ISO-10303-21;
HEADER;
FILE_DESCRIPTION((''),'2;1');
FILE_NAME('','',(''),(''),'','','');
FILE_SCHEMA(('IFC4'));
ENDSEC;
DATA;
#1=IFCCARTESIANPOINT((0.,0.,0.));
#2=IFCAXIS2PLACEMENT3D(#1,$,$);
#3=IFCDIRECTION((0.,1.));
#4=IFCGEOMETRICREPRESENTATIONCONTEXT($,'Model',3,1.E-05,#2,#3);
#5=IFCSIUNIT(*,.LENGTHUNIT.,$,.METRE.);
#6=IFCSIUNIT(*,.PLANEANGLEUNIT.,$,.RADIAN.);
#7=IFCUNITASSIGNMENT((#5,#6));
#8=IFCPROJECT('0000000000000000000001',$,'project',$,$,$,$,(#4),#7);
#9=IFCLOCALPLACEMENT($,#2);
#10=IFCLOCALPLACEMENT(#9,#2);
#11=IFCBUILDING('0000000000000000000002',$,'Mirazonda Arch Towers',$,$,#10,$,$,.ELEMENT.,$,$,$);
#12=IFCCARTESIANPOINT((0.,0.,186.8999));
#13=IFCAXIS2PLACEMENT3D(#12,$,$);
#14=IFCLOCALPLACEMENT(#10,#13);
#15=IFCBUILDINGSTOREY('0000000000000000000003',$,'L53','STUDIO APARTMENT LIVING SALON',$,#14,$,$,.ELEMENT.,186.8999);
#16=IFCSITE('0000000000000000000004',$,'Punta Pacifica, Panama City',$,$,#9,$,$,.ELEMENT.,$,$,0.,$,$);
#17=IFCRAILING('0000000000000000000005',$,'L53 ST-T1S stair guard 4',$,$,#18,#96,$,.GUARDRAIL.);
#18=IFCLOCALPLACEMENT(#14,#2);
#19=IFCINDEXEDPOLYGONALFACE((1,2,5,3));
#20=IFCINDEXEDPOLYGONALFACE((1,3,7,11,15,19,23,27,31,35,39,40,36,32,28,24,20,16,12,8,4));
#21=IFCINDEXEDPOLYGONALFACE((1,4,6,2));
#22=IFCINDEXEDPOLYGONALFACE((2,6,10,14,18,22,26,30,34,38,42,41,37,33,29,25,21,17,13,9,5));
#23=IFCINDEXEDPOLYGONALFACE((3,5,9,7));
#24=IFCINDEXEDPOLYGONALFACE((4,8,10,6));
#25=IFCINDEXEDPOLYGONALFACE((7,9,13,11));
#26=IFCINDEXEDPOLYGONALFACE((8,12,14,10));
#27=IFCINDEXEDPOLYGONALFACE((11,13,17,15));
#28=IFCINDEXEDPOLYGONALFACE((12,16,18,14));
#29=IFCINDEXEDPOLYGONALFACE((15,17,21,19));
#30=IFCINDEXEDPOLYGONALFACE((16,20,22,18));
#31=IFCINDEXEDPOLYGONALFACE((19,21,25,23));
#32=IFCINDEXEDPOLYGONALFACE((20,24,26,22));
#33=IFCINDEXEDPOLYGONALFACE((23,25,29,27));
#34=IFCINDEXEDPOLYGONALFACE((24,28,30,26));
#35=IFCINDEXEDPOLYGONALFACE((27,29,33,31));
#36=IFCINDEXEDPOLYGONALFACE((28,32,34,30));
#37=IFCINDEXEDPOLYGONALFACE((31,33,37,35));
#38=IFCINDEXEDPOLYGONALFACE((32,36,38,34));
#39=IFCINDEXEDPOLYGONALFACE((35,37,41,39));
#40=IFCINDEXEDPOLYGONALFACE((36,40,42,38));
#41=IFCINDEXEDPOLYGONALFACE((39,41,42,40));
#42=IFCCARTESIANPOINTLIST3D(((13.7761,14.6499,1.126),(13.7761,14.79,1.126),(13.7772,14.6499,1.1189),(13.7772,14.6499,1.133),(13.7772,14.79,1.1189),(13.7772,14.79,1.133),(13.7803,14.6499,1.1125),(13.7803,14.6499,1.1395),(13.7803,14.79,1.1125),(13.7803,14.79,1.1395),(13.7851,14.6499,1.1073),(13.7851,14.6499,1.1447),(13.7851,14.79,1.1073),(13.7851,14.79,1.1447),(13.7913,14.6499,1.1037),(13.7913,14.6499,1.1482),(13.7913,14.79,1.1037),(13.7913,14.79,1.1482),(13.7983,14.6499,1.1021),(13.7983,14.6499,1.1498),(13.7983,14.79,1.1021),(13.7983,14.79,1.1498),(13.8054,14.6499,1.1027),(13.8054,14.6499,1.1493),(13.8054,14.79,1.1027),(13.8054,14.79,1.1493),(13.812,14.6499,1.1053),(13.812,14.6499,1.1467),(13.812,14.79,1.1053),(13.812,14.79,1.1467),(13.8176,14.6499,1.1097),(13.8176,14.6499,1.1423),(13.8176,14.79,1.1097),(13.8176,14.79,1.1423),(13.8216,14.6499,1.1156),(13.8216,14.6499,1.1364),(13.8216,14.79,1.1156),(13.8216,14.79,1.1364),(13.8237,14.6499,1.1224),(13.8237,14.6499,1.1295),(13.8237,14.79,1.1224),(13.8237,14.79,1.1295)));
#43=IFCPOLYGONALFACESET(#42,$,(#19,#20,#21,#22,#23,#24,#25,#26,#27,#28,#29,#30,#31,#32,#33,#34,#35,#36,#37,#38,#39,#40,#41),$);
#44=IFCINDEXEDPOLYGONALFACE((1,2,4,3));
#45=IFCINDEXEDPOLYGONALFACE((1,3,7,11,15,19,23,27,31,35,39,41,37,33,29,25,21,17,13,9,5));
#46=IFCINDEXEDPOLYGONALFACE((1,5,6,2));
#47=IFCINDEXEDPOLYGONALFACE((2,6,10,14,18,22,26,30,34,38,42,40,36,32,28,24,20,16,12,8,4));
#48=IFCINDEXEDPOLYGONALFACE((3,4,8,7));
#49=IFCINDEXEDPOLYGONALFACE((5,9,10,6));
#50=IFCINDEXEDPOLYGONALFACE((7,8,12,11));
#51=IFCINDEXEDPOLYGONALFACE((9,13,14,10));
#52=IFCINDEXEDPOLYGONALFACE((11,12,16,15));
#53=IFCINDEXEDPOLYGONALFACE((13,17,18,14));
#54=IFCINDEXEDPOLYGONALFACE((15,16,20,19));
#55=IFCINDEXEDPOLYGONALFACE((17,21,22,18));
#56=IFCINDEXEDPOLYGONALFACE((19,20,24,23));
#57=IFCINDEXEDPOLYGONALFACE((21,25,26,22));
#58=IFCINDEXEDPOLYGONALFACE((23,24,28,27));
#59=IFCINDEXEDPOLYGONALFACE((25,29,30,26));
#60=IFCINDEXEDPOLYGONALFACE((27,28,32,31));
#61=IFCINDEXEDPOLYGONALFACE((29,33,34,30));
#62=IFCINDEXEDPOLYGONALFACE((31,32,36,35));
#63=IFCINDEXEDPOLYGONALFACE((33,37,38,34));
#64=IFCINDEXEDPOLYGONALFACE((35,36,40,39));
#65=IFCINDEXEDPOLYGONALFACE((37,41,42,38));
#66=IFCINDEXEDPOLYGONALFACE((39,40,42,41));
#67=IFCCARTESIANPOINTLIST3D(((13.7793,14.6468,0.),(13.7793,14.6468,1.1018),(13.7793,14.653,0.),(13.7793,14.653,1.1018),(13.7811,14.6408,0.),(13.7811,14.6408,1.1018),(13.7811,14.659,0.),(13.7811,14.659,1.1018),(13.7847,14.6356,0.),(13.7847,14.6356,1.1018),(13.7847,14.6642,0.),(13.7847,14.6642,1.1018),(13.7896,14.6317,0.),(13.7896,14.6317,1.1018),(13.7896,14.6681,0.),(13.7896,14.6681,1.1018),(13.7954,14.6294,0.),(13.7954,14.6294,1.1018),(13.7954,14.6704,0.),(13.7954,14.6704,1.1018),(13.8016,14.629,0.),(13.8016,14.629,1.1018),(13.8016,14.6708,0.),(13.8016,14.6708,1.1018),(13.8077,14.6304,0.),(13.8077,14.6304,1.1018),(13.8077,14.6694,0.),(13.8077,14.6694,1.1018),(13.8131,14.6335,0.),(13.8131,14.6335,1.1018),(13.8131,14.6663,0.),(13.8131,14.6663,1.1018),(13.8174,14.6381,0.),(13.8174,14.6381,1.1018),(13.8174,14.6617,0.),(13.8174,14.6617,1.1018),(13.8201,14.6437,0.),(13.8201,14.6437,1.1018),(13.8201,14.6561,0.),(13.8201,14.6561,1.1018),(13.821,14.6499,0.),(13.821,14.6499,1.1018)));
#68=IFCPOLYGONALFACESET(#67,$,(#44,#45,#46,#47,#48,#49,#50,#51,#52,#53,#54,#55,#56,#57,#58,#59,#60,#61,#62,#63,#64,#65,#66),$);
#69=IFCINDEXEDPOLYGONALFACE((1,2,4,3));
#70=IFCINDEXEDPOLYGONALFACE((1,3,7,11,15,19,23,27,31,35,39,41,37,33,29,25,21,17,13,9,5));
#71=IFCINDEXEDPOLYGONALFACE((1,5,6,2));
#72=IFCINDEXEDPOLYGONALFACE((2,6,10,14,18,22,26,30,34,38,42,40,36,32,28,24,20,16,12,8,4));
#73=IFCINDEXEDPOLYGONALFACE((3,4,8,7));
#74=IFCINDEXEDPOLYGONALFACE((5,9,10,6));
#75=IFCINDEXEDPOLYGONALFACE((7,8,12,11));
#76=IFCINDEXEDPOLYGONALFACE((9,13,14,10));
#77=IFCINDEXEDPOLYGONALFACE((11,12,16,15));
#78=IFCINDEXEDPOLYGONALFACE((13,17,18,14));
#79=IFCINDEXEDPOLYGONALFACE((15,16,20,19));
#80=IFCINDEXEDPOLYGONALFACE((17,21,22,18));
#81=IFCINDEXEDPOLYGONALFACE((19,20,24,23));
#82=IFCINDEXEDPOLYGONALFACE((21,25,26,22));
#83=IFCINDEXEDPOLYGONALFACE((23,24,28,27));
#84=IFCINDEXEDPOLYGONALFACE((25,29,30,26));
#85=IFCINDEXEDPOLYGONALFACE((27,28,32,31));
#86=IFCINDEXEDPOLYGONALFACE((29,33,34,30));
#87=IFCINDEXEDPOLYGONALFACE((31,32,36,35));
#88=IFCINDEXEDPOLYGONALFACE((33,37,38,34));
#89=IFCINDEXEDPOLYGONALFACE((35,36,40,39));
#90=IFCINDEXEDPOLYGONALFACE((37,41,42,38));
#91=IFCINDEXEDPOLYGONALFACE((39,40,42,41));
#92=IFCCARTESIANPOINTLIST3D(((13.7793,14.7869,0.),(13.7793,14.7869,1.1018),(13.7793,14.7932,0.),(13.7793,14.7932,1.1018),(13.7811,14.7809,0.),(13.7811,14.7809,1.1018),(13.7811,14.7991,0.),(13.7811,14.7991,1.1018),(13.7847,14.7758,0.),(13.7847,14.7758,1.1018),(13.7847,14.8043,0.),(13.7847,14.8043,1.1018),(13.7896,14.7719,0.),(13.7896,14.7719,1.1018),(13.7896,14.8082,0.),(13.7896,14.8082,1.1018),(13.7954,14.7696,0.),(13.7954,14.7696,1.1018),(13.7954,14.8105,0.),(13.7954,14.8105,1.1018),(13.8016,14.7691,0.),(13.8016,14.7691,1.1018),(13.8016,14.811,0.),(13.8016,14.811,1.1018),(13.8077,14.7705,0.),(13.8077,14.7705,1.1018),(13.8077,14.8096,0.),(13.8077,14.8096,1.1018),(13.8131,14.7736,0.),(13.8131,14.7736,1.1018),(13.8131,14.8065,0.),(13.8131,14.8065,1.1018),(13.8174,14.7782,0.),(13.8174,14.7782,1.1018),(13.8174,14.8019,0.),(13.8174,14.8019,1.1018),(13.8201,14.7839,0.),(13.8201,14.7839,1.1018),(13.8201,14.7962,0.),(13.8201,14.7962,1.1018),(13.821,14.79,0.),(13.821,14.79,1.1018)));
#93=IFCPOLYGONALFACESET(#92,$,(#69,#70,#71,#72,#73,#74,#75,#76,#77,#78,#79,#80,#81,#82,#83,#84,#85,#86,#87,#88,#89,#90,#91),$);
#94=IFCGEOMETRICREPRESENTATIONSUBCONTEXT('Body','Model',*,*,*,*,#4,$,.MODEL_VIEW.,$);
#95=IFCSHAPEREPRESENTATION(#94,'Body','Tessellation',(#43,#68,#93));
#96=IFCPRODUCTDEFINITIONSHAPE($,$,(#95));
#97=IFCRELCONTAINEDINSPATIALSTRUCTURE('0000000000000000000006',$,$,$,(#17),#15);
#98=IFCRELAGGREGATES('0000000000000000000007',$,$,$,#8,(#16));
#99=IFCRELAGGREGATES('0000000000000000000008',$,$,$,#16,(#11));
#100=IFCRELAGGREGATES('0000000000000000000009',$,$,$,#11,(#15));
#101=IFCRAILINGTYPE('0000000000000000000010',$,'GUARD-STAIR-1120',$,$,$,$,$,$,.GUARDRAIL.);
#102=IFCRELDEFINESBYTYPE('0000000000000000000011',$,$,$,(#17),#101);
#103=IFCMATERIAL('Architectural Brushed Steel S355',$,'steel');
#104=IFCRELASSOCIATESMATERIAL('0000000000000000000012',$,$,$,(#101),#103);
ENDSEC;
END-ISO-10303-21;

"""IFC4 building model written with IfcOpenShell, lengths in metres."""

from ifc_helpers import new_model, si_unit, direction, frame, origin, origin_2d, place, context, subcontext, project, spatial, circle, extrude, material, type_object, element, save


model = new_model("IFC4")

# Units and contexts
model_context = context("Model", 3, precision=1e-05, world=origin(), true_north=direction((0.0, 1.0)))
body_context = subcontext(model_context, "Body", "Model", "MODEL_VIEW")
ifc_project = project(units=[si_unit("LENGTHUNIT", "METRE"), si_unit("PLANEANGLEUNIT", "RADIAN")], contexts=[model_context])

# Site, building, storey
site_placement = place(None, origin())
site = spatial("IfcSite", under=ifc_project, at=site_placement, Name="Punta Pacifica, Panama City", CompositionType="ELEMENT", RefElevation=0.0)
building_placement = place(site_placement, origin())
building = spatial("IfcBuilding", under=site, at=building_placement, Name="Mirazonda Arch Towers", CompositionType="ELEMENT")
storey_placement = place(building_placement, frame((0.0, 0.0, 186.8999)))
storey = spatial("IfcBuildingStorey", under=building, at=storey_placement, Name="L53", Description="STUDIO APARTMENT LIVING SALON", CompositionType="ELEMENT", Elevation=186.8999)

# Shared definitions
ifc_material_1 = material(Name="Architectural Brushed Steel S355", Category="steel")

# Railing
railing_type_1 = type_object("IfcRailingType", Name="GUARD-STAIR-1120", PredefinedType="GUARDRAIL", material=ifc_material_1)
railing_1_placement = place(storey_placement, frame((13.8, 14.6499, 0.0)))
element("IfcRailing", 1, at=railing_1_placement, inside=storey, type_object=railing_type_1, Name="L53 ST-T1S stair guard 4", PredefinedType="GUARDRAIL", context=body_context, shape_type="SweptSolid", body=[
    extrude(circle(Radius=0.0239, at=origin_2d()), frame((0.0, 0.0, 1.126), z_axis=(0.0, 1.0, 0.0), x_axis=(-1.0, 0.0, 0.0)), (0.0, 0.0, 1.0), 0.1401),
    extrude(circle(Radius=0.021, at=origin_2d()), origin(), (0.0, 0.0, 1.0), 1.1018),
    extrude(circle(Radius=0.021, at=origin_2d()), frame((0.0, 0.1401, 0.0)), (0.0, 0.0, 1.0), 1.1018),
])

save(model, "model.ifc")
